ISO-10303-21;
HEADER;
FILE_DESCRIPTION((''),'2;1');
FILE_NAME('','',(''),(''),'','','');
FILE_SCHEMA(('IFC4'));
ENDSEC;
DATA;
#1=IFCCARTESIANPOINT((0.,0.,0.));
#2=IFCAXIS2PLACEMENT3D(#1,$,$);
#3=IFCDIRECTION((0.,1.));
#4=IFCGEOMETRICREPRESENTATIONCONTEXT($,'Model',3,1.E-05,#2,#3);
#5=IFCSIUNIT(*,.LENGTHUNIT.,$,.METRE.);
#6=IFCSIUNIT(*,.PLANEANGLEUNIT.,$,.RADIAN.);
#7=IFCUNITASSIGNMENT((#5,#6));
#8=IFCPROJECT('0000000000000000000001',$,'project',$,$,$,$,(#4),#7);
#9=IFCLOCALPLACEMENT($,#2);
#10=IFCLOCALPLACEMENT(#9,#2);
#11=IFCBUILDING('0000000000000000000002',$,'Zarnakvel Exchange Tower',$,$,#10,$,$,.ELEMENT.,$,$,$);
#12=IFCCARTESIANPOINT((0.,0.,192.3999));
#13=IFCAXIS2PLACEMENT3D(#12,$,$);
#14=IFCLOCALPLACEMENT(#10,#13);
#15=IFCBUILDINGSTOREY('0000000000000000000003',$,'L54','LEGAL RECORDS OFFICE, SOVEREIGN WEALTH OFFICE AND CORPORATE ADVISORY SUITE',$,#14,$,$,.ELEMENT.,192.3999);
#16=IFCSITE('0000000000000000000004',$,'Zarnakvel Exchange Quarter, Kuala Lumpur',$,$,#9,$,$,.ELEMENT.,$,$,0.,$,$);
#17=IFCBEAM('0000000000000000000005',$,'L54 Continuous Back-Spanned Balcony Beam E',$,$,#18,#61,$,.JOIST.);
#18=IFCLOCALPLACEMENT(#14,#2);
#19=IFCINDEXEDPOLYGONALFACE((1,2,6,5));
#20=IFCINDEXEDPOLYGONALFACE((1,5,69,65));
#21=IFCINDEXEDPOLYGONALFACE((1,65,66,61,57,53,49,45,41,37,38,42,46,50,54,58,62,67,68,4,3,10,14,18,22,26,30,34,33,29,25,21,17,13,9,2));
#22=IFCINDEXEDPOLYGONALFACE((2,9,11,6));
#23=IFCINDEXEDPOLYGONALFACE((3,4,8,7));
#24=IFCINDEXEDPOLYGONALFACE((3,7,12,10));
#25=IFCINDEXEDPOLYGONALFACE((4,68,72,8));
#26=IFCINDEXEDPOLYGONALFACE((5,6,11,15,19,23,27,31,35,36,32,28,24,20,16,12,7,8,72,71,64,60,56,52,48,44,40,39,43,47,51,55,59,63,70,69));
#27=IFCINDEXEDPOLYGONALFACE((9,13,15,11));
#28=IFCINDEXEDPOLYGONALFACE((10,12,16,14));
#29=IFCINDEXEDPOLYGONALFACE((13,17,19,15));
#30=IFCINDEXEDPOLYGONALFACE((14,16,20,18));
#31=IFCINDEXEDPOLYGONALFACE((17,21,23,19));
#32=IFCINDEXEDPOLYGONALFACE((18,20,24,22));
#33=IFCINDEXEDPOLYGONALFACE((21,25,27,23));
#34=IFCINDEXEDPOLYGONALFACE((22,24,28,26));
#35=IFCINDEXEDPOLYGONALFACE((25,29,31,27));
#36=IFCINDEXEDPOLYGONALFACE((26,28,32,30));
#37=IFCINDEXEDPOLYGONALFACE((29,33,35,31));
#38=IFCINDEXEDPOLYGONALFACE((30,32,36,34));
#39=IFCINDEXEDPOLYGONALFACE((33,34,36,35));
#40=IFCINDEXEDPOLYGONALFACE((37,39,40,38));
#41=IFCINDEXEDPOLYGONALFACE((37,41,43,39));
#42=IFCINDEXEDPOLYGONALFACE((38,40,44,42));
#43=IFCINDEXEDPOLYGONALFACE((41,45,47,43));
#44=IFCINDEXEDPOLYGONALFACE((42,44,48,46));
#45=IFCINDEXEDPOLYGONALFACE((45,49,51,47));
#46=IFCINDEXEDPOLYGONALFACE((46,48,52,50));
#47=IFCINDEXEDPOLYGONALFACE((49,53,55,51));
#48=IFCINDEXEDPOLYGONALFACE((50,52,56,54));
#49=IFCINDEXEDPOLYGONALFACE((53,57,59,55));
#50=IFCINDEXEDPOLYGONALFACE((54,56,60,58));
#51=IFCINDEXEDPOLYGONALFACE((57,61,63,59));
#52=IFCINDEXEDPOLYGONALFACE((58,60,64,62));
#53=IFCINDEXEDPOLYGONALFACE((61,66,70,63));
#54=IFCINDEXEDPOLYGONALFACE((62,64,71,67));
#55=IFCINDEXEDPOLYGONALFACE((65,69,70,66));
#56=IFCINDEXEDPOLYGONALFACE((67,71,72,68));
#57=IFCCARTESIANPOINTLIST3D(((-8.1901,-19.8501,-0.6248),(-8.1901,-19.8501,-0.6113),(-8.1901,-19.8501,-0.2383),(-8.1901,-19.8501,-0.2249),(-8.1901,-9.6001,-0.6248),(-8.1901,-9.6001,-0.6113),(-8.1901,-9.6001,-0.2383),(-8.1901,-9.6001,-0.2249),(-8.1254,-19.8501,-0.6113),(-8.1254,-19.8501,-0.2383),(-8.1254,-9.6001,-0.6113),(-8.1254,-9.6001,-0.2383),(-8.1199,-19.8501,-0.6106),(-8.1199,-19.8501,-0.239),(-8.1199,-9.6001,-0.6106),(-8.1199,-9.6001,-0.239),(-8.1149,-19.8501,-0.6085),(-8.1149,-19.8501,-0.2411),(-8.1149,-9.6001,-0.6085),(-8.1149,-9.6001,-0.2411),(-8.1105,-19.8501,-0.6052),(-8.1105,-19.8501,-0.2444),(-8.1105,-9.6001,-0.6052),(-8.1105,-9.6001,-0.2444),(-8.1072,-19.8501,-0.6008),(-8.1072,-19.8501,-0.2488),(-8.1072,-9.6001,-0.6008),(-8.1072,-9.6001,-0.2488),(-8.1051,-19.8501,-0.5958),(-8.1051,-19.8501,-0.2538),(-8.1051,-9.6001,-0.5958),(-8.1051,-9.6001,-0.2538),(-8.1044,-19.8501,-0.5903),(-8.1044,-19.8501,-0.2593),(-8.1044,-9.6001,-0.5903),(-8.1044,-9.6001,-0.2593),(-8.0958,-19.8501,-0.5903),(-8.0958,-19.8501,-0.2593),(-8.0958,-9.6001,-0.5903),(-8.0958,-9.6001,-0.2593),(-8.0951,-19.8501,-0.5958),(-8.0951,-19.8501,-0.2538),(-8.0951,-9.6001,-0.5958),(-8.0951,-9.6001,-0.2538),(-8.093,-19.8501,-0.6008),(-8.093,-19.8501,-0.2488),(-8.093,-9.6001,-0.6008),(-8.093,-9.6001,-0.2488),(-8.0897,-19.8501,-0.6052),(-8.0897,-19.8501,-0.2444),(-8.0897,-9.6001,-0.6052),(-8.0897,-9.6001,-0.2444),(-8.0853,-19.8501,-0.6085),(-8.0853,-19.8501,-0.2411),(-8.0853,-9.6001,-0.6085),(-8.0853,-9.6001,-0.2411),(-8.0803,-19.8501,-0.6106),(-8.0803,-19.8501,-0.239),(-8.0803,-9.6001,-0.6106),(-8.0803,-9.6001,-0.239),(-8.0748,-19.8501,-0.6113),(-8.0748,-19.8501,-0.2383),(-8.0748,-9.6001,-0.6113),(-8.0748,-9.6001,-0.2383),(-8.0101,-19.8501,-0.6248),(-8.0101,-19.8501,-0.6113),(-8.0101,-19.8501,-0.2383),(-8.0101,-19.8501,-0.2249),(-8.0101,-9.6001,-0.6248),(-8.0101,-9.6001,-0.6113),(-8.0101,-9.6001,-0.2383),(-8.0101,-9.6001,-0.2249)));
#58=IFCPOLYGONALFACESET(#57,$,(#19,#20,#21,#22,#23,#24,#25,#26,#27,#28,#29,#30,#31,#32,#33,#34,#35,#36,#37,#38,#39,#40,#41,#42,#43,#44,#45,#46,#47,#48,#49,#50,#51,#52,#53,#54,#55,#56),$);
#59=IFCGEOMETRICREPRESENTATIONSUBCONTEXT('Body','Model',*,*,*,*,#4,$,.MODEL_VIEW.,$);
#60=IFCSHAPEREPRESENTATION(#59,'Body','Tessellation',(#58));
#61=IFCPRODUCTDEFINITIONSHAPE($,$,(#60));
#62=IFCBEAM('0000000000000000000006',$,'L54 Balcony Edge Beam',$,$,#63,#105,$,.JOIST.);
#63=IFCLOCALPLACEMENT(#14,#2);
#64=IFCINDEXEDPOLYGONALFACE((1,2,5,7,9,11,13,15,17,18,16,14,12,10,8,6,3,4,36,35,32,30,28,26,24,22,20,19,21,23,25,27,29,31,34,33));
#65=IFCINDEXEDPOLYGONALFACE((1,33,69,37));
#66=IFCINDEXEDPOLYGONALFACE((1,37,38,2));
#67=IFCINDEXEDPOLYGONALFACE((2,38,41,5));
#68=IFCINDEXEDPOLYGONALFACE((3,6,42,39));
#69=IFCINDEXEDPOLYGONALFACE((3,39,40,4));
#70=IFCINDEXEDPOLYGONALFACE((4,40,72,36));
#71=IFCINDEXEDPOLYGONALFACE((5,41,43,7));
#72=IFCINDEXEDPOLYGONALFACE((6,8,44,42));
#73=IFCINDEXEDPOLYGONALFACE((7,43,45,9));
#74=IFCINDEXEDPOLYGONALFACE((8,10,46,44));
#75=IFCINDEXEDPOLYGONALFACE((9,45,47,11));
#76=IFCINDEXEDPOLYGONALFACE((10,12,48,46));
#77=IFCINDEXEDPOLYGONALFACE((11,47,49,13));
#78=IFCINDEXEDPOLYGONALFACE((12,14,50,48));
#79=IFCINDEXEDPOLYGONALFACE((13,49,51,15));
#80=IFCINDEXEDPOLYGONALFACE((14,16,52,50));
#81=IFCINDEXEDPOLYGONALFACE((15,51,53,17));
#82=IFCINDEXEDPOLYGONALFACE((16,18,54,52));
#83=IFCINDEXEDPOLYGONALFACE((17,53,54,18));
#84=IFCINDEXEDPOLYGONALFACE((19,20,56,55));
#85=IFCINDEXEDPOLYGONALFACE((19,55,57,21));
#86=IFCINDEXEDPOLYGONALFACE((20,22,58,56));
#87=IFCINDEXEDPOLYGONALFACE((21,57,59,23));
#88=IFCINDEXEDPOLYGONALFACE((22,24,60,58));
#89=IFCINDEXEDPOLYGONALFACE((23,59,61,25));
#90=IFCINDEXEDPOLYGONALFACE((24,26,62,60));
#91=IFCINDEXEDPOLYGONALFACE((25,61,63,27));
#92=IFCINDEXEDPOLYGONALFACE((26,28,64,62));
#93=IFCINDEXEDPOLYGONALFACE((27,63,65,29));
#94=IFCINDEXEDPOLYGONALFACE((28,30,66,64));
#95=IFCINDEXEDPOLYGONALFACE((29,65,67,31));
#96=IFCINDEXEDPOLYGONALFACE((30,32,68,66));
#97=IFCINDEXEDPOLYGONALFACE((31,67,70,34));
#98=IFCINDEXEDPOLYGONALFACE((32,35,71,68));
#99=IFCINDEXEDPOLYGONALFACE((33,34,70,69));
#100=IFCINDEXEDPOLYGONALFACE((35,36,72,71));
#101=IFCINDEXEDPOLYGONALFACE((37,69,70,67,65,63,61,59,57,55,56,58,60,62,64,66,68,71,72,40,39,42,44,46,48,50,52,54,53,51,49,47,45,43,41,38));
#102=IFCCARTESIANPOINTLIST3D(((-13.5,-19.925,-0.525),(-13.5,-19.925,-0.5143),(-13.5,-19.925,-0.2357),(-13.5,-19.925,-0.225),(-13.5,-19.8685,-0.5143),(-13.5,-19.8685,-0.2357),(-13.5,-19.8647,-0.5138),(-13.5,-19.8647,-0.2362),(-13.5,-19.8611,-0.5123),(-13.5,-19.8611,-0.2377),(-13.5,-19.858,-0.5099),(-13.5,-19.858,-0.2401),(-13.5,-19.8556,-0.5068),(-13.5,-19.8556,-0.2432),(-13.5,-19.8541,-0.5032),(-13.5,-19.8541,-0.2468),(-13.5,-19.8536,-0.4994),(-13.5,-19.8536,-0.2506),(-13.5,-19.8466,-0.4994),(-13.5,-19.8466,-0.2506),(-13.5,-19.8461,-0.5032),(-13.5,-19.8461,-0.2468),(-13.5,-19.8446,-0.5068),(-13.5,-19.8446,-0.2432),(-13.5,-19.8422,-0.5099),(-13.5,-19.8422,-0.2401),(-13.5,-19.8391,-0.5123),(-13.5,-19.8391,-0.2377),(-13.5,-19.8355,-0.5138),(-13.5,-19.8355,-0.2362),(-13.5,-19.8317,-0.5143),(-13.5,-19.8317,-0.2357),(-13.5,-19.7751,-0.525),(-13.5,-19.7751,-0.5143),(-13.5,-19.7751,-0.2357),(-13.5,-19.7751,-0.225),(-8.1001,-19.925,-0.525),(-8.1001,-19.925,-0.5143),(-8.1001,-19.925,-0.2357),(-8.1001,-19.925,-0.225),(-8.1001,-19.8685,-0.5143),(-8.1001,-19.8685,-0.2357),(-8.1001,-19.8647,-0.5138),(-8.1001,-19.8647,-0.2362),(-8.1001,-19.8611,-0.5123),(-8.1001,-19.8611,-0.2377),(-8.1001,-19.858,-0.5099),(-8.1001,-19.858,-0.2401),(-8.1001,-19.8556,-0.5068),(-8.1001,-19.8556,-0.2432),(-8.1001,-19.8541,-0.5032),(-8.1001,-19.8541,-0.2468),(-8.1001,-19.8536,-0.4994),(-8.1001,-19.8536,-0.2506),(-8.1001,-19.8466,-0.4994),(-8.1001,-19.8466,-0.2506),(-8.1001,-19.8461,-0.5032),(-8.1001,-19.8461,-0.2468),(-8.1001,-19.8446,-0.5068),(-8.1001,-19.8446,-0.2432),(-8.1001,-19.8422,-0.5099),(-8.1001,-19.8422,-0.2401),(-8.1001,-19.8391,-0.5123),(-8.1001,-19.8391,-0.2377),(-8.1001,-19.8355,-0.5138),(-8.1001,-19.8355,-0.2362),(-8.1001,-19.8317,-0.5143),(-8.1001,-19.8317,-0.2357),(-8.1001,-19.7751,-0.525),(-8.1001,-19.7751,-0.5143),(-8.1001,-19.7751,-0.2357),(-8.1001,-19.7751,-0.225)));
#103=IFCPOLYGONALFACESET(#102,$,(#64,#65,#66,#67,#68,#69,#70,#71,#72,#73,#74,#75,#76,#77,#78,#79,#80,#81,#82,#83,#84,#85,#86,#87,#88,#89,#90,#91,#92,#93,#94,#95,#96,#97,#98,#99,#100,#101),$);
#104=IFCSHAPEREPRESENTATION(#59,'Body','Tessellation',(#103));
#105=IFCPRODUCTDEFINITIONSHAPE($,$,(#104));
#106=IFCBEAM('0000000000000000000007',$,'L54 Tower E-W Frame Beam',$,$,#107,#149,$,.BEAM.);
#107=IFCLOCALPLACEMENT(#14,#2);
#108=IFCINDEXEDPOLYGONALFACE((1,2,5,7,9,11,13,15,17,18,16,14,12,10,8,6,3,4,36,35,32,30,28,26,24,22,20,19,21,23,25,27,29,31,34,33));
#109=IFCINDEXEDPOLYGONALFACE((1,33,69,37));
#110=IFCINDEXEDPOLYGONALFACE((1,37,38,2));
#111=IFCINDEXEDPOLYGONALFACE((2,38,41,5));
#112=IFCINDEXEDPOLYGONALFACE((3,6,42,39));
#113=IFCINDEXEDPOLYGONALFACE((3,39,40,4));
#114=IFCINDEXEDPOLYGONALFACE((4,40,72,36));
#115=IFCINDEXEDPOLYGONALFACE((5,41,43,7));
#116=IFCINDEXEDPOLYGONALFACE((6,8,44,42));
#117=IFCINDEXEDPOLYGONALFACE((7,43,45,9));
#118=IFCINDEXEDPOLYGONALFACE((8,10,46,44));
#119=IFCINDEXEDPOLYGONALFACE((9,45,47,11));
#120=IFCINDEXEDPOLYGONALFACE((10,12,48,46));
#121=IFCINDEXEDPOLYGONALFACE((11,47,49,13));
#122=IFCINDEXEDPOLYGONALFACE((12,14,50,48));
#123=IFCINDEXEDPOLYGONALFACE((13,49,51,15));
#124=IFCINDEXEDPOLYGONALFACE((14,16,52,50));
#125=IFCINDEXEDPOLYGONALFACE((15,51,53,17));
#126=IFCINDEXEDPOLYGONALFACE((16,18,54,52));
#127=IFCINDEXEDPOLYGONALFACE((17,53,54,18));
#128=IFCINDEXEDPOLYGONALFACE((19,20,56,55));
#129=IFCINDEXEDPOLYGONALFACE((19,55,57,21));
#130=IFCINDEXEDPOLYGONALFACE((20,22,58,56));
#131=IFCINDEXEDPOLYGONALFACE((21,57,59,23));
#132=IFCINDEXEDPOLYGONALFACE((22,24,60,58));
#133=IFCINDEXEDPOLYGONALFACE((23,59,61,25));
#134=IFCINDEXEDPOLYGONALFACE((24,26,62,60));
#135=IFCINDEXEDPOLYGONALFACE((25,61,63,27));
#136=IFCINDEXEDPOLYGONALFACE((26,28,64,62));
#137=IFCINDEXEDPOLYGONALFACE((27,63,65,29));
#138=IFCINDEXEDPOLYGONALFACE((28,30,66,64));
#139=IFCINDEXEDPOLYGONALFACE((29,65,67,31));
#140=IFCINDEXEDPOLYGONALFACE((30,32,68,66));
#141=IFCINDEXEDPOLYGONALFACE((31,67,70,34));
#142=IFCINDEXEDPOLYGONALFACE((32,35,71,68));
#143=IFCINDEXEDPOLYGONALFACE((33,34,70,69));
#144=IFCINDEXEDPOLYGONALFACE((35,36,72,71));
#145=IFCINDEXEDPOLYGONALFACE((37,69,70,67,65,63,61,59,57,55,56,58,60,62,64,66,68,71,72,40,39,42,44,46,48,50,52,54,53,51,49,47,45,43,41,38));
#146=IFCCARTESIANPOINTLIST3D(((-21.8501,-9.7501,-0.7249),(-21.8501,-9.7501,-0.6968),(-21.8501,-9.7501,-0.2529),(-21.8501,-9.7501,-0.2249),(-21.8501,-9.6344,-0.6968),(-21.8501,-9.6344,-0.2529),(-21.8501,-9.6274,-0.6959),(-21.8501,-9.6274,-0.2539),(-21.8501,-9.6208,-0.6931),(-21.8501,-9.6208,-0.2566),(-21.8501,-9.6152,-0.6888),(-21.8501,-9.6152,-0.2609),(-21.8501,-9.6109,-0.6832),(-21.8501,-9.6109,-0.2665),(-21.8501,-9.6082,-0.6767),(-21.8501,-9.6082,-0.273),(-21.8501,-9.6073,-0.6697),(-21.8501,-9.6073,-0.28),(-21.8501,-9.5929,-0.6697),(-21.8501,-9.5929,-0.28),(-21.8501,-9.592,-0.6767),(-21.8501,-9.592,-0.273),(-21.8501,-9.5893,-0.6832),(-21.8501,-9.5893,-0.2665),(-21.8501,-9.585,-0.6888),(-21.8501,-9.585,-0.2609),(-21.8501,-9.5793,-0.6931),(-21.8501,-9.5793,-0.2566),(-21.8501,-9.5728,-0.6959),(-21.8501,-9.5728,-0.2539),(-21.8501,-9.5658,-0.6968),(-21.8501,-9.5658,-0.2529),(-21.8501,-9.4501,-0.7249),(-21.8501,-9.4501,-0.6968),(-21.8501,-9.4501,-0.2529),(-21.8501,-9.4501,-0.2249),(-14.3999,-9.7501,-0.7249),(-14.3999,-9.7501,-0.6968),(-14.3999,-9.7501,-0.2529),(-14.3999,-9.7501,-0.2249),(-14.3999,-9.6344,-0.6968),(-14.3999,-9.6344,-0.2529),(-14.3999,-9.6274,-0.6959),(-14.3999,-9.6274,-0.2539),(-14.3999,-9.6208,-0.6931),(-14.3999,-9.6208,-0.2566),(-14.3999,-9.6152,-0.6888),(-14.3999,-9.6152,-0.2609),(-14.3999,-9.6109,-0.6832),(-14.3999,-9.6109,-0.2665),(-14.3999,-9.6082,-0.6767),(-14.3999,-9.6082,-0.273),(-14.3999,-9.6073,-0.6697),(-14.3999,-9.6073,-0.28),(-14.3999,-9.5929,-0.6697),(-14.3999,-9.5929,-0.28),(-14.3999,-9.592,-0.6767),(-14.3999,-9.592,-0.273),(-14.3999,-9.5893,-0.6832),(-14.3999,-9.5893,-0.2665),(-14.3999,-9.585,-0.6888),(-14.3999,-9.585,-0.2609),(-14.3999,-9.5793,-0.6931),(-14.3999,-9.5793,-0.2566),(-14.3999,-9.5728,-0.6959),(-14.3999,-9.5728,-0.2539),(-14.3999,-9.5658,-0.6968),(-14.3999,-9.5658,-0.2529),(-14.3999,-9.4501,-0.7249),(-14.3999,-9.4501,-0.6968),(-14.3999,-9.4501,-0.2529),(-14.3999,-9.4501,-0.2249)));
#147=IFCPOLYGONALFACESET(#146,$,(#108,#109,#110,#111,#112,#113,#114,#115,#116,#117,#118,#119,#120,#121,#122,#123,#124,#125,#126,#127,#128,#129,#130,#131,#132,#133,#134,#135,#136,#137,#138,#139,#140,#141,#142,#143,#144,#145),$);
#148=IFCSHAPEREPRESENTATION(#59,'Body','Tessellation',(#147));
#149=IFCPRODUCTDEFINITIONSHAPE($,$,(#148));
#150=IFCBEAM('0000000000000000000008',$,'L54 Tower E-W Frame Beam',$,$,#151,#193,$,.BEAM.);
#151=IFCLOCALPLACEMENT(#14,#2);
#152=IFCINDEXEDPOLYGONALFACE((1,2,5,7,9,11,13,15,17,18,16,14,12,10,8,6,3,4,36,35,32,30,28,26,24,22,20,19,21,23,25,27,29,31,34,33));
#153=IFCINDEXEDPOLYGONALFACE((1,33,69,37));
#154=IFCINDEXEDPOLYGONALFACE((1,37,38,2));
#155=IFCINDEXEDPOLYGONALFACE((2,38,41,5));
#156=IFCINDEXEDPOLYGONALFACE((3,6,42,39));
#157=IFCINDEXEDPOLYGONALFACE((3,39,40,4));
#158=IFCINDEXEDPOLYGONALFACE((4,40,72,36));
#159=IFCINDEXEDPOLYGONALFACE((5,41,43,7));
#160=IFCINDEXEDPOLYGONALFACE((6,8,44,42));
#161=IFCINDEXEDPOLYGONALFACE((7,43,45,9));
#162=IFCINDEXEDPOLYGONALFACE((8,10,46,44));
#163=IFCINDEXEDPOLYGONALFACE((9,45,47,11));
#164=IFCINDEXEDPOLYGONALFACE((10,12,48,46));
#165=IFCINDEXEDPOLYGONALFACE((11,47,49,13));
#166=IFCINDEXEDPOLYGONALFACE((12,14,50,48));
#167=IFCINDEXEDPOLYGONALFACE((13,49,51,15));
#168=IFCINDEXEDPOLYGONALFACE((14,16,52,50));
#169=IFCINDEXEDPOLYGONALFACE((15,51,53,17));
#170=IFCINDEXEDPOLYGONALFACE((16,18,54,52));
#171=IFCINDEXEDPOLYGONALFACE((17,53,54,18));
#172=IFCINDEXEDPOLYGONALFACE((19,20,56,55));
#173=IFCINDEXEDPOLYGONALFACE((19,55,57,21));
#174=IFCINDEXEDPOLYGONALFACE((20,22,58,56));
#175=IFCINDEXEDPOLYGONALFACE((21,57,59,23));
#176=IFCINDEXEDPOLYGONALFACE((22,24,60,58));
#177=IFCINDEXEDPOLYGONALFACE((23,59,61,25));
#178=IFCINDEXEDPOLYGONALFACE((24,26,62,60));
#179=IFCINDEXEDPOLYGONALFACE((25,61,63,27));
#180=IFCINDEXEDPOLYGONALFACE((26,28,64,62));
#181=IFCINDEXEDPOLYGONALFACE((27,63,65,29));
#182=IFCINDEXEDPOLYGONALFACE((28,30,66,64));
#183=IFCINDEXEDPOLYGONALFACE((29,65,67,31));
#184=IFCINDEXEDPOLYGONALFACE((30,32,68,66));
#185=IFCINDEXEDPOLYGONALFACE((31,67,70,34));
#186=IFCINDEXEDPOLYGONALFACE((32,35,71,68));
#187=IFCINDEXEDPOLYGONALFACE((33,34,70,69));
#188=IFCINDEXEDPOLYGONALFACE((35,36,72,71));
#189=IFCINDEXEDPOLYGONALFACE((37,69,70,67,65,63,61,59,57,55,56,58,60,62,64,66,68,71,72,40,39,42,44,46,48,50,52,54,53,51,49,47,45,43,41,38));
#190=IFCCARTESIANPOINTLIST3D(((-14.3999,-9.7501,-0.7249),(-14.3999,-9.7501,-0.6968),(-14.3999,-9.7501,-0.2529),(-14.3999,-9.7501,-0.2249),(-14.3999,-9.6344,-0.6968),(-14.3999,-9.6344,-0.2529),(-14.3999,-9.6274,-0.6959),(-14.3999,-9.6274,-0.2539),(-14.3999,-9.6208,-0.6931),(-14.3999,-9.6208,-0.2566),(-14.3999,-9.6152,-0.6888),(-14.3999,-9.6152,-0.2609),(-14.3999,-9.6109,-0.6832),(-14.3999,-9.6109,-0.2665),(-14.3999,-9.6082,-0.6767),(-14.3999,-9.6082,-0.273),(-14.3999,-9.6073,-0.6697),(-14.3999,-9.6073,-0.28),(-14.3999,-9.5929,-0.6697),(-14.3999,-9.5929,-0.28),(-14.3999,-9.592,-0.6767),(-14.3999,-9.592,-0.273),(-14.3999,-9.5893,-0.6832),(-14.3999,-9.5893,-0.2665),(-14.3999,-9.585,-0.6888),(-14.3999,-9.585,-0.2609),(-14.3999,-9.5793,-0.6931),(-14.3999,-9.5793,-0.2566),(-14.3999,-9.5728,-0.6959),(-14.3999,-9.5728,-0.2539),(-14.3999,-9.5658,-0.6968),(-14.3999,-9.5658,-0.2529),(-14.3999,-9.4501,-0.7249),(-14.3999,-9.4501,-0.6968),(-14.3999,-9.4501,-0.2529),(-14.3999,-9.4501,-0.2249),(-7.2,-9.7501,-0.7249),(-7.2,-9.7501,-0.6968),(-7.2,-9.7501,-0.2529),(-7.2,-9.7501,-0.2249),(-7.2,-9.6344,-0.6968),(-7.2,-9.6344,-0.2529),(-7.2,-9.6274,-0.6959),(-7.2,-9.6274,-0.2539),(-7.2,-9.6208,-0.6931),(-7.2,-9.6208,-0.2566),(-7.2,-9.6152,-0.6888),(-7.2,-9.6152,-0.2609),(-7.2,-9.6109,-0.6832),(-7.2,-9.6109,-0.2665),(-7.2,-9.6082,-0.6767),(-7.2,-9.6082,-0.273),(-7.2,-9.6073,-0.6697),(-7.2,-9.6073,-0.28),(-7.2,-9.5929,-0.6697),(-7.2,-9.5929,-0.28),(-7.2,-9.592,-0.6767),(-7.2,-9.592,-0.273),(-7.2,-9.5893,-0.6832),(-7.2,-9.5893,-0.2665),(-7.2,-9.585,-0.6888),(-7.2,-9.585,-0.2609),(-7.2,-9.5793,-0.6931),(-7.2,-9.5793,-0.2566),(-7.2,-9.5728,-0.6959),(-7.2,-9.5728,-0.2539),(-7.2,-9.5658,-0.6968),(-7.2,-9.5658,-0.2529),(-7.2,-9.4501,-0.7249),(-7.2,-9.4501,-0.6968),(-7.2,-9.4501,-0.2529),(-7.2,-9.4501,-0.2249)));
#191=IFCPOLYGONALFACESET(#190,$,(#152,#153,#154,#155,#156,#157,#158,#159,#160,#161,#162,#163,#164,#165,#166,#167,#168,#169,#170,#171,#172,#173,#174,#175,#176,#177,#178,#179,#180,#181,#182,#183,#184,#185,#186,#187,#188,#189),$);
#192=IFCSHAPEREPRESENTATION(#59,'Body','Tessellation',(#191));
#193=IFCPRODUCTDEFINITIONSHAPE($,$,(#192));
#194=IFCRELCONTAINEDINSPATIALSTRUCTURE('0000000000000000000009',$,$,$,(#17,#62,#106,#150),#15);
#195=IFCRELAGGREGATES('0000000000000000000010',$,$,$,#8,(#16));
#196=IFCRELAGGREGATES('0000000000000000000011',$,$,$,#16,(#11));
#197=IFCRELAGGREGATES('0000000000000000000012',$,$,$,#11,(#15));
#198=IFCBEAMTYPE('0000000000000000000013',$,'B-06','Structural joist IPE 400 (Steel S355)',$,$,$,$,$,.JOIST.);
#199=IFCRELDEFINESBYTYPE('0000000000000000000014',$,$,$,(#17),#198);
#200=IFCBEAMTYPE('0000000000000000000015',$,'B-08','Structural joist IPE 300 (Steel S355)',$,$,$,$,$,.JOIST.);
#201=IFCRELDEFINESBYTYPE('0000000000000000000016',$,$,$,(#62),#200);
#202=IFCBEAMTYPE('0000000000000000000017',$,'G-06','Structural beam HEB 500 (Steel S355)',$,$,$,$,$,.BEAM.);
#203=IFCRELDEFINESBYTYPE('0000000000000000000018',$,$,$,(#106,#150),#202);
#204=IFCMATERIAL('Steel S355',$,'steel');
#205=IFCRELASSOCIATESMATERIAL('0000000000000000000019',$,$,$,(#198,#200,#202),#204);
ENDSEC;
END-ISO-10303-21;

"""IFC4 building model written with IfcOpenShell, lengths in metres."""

from ifc_helpers import new_model, si_unit, direction, frame, origin, origin_2d, place, context, subcontext, project, spatial, i_section, extrude, material, material_profile, profile_set, type_object, element, save


model = new_model("IFC4")

# Units and contexts
model_context = context("Model", 3, precision=1e-05, world=origin(), true_north=direction((0.0, 1.0)))
body_context = subcontext(model_context, "Body", "Model", "MODEL_VIEW")
ifc_project = project(units=[si_unit("LENGTHUNIT", "METRE"), si_unit("PLANEANGLEUNIT", "RADIAN")], contexts=[model_context])

# Site, building, storey
site_placement = place(None, origin())
site = spatial("IfcSite", under=ifc_project, at=site_placement, Name="Zarnakvel Exchange Quarter, Kuala Lumpur", CompositionType="ELEMENT", RefElevation=0.0)
building_placement = place(site_placement, origin())
building = spatial("IfcBuilding", under=site, at=building_placement, Name="Zarnakvel Exchange Tower", CompositionType="ELEMENT")
storey_placement = place(building_placement, frame((0.0, 0.0, 192.3999)))
storey = spatial("IfcBuildingStorey", under=building, at=storey_placement, Name="L54", Description="LEGAL RECORDS OFFICE, SOVEREIGN WEALTH OFFICE AND CORPORATE ADVISORY SUITE", CompositionType="ELEMENT", Elevation=192.3999)

# Shared definitions
ifc_material_1 = material(Name="Steel S355", Category="steel")

# Beams
ifc_material_profile_1 = material_profile(ifc_material_1, i_section(OverallWidth=0.1799, OverallDepth=0.3999, WebThickness=0.0085, FlangeThickness=0.0134, FilletRadius=0.021, at=origin_2d()))
ifc_profile_set_1 = profile_set([ifc_material_profile_1], Name="Steel S355")
beam_type_1 = type_object("IfcBeamType", Name="B-06", Description="Structural joist IPE 400 (Steel S355)", PredefinedType="JOIST", material=ifc_profile_set_1)
for number, where, z_axis, x_axis, name in (
    (1, (-8.1001, -9.6001, -0.4248), (0.0, -1.0, 0.0), (1.0, 0.0, 0.0), "L54 Continuous Back-Spanned Balcony Beam E"),
):
    element("IfcBeam", number, at=place(storey_placement, frame(where, z_axis=z_axis, x_axis=x_axis)), inside=storey, type_object=beam_type_1, Name=name, PredefinedType="JOIST", context=body_context, shape_type="SweptSolid", body=[
        extrude(i_section(OverallWidth=0.1799, OverallDepth=0.3999, WebThickness=0.0085, FlangeThickness=0.0134, FilletRadius=0.021, at=origin_2d()), origin(), (0.0, 0.0, 1.0), 10.25),
    ])
ifc_material_profile_2 = material_profile(ifc_material_1, i_section(OverallWidth=0.1499, OverallDepth=0.3, WebThickness=0.0071, FlangeThickness=0.0107, FilletRadius=0.0149, at=origin_2d()))
ifc_profile_set_2 = profile_set([ifc_material_profile_2], Name="Steel S355")
beam_type_2 = type_object("IfcBeamType", Name="B-08", Description="Structural joist IPE 300 (Steel S355)", PredefinedType="JOIST", material=ifc_profile_set_2)
beam_1_placement = place(storey_placement, frame((-13.5, -19.8501, -0.375), z_axis=(1.0, 0.0, 0.0), x_axis=(0.0, 1.0, 0.0)))
element("IfcBeam", 2, at=beam_1_placement, inside=storey, type_object=beam_type_2, Name="L54 Balcony Edge Beam", PredefinedType="JOIST", context=body_context, shape_type="SweptSolid", body=[
    extrude(i_section(OverallWidth=0.1499, OverallDepth=0.3, WebThickness=0.0071, FlangeThickness=0.0107, FilletRadius=0.0149, at=origin_2d()), origin(), (0.0, 0.0, 1.0), 5.3999),
])
ifc_material_profile_3 = material_profile(ifc_material_1, i_section(OverallWidth=0.3, OverallDepth=0.5, WebThickness=0.0144, FlangeThickness=0.0281, FilletRadius=0.0271, at=origin_2d()))
ifc_profile_set_3 = profile_set([ifc_material_profile_3], Name="Steel S355")
beam_type_3 = type_object("IfcBeamType", Name="G-06", Description="Structural beam HEB 500 (Steel S355)", PredefinedType="BEAM", material=ifc_profile_set_3)
beam_2_placement = place(storey_placement, frame((-21.8501, -9.6001, -0.4749), z_axis=(1.0, 0.0, 0.0), x_axis=(0.0, 1.0, 0.0)))
element("IfcBeam", 3, at=beam_2_placement, inside=storey, type_object=beam_type_3, Name="L54 Tower E-W Frame Beam", PredefinedType="BEAM", context=body_context, shape_type="SweptSolid", body=[
    extrude(i_section(OverallWidth=0.3, OverallDepth=0.5, WebThickness=0.0144, FlangeThickness=0.0281, FilletRadius=0.0271, at=origin_2d()), origin(), (0.0, 0.0, 1.0), 7.4502),
])
beam_3_placement = place(storey_placement, frame((-14.3999, -9.6001, -0.4749), z_axis=(1.0, 0.0, 0.0), x_axis=(0.0, 1.0, 0.0)))
element("IfcBeam", 4, at=beam_3_placement, inside=storey, type_object=beam_type_3, Name="L54 Tower E-W Frame Beam", PredefinedType="BEAM", context=body_context, shape_type="SweptSolid", body=[
    extrude(i_section(OverallWidth=0.3, OverallDepth=0.5, WebThickness=0.0144, FlangeThickness=0.0281, FilletRadius=0.0271, at=origin_2d()), origin(), (0.0, 0.0, 1.0), 7.2),
])

save(model, "model.ifc")
